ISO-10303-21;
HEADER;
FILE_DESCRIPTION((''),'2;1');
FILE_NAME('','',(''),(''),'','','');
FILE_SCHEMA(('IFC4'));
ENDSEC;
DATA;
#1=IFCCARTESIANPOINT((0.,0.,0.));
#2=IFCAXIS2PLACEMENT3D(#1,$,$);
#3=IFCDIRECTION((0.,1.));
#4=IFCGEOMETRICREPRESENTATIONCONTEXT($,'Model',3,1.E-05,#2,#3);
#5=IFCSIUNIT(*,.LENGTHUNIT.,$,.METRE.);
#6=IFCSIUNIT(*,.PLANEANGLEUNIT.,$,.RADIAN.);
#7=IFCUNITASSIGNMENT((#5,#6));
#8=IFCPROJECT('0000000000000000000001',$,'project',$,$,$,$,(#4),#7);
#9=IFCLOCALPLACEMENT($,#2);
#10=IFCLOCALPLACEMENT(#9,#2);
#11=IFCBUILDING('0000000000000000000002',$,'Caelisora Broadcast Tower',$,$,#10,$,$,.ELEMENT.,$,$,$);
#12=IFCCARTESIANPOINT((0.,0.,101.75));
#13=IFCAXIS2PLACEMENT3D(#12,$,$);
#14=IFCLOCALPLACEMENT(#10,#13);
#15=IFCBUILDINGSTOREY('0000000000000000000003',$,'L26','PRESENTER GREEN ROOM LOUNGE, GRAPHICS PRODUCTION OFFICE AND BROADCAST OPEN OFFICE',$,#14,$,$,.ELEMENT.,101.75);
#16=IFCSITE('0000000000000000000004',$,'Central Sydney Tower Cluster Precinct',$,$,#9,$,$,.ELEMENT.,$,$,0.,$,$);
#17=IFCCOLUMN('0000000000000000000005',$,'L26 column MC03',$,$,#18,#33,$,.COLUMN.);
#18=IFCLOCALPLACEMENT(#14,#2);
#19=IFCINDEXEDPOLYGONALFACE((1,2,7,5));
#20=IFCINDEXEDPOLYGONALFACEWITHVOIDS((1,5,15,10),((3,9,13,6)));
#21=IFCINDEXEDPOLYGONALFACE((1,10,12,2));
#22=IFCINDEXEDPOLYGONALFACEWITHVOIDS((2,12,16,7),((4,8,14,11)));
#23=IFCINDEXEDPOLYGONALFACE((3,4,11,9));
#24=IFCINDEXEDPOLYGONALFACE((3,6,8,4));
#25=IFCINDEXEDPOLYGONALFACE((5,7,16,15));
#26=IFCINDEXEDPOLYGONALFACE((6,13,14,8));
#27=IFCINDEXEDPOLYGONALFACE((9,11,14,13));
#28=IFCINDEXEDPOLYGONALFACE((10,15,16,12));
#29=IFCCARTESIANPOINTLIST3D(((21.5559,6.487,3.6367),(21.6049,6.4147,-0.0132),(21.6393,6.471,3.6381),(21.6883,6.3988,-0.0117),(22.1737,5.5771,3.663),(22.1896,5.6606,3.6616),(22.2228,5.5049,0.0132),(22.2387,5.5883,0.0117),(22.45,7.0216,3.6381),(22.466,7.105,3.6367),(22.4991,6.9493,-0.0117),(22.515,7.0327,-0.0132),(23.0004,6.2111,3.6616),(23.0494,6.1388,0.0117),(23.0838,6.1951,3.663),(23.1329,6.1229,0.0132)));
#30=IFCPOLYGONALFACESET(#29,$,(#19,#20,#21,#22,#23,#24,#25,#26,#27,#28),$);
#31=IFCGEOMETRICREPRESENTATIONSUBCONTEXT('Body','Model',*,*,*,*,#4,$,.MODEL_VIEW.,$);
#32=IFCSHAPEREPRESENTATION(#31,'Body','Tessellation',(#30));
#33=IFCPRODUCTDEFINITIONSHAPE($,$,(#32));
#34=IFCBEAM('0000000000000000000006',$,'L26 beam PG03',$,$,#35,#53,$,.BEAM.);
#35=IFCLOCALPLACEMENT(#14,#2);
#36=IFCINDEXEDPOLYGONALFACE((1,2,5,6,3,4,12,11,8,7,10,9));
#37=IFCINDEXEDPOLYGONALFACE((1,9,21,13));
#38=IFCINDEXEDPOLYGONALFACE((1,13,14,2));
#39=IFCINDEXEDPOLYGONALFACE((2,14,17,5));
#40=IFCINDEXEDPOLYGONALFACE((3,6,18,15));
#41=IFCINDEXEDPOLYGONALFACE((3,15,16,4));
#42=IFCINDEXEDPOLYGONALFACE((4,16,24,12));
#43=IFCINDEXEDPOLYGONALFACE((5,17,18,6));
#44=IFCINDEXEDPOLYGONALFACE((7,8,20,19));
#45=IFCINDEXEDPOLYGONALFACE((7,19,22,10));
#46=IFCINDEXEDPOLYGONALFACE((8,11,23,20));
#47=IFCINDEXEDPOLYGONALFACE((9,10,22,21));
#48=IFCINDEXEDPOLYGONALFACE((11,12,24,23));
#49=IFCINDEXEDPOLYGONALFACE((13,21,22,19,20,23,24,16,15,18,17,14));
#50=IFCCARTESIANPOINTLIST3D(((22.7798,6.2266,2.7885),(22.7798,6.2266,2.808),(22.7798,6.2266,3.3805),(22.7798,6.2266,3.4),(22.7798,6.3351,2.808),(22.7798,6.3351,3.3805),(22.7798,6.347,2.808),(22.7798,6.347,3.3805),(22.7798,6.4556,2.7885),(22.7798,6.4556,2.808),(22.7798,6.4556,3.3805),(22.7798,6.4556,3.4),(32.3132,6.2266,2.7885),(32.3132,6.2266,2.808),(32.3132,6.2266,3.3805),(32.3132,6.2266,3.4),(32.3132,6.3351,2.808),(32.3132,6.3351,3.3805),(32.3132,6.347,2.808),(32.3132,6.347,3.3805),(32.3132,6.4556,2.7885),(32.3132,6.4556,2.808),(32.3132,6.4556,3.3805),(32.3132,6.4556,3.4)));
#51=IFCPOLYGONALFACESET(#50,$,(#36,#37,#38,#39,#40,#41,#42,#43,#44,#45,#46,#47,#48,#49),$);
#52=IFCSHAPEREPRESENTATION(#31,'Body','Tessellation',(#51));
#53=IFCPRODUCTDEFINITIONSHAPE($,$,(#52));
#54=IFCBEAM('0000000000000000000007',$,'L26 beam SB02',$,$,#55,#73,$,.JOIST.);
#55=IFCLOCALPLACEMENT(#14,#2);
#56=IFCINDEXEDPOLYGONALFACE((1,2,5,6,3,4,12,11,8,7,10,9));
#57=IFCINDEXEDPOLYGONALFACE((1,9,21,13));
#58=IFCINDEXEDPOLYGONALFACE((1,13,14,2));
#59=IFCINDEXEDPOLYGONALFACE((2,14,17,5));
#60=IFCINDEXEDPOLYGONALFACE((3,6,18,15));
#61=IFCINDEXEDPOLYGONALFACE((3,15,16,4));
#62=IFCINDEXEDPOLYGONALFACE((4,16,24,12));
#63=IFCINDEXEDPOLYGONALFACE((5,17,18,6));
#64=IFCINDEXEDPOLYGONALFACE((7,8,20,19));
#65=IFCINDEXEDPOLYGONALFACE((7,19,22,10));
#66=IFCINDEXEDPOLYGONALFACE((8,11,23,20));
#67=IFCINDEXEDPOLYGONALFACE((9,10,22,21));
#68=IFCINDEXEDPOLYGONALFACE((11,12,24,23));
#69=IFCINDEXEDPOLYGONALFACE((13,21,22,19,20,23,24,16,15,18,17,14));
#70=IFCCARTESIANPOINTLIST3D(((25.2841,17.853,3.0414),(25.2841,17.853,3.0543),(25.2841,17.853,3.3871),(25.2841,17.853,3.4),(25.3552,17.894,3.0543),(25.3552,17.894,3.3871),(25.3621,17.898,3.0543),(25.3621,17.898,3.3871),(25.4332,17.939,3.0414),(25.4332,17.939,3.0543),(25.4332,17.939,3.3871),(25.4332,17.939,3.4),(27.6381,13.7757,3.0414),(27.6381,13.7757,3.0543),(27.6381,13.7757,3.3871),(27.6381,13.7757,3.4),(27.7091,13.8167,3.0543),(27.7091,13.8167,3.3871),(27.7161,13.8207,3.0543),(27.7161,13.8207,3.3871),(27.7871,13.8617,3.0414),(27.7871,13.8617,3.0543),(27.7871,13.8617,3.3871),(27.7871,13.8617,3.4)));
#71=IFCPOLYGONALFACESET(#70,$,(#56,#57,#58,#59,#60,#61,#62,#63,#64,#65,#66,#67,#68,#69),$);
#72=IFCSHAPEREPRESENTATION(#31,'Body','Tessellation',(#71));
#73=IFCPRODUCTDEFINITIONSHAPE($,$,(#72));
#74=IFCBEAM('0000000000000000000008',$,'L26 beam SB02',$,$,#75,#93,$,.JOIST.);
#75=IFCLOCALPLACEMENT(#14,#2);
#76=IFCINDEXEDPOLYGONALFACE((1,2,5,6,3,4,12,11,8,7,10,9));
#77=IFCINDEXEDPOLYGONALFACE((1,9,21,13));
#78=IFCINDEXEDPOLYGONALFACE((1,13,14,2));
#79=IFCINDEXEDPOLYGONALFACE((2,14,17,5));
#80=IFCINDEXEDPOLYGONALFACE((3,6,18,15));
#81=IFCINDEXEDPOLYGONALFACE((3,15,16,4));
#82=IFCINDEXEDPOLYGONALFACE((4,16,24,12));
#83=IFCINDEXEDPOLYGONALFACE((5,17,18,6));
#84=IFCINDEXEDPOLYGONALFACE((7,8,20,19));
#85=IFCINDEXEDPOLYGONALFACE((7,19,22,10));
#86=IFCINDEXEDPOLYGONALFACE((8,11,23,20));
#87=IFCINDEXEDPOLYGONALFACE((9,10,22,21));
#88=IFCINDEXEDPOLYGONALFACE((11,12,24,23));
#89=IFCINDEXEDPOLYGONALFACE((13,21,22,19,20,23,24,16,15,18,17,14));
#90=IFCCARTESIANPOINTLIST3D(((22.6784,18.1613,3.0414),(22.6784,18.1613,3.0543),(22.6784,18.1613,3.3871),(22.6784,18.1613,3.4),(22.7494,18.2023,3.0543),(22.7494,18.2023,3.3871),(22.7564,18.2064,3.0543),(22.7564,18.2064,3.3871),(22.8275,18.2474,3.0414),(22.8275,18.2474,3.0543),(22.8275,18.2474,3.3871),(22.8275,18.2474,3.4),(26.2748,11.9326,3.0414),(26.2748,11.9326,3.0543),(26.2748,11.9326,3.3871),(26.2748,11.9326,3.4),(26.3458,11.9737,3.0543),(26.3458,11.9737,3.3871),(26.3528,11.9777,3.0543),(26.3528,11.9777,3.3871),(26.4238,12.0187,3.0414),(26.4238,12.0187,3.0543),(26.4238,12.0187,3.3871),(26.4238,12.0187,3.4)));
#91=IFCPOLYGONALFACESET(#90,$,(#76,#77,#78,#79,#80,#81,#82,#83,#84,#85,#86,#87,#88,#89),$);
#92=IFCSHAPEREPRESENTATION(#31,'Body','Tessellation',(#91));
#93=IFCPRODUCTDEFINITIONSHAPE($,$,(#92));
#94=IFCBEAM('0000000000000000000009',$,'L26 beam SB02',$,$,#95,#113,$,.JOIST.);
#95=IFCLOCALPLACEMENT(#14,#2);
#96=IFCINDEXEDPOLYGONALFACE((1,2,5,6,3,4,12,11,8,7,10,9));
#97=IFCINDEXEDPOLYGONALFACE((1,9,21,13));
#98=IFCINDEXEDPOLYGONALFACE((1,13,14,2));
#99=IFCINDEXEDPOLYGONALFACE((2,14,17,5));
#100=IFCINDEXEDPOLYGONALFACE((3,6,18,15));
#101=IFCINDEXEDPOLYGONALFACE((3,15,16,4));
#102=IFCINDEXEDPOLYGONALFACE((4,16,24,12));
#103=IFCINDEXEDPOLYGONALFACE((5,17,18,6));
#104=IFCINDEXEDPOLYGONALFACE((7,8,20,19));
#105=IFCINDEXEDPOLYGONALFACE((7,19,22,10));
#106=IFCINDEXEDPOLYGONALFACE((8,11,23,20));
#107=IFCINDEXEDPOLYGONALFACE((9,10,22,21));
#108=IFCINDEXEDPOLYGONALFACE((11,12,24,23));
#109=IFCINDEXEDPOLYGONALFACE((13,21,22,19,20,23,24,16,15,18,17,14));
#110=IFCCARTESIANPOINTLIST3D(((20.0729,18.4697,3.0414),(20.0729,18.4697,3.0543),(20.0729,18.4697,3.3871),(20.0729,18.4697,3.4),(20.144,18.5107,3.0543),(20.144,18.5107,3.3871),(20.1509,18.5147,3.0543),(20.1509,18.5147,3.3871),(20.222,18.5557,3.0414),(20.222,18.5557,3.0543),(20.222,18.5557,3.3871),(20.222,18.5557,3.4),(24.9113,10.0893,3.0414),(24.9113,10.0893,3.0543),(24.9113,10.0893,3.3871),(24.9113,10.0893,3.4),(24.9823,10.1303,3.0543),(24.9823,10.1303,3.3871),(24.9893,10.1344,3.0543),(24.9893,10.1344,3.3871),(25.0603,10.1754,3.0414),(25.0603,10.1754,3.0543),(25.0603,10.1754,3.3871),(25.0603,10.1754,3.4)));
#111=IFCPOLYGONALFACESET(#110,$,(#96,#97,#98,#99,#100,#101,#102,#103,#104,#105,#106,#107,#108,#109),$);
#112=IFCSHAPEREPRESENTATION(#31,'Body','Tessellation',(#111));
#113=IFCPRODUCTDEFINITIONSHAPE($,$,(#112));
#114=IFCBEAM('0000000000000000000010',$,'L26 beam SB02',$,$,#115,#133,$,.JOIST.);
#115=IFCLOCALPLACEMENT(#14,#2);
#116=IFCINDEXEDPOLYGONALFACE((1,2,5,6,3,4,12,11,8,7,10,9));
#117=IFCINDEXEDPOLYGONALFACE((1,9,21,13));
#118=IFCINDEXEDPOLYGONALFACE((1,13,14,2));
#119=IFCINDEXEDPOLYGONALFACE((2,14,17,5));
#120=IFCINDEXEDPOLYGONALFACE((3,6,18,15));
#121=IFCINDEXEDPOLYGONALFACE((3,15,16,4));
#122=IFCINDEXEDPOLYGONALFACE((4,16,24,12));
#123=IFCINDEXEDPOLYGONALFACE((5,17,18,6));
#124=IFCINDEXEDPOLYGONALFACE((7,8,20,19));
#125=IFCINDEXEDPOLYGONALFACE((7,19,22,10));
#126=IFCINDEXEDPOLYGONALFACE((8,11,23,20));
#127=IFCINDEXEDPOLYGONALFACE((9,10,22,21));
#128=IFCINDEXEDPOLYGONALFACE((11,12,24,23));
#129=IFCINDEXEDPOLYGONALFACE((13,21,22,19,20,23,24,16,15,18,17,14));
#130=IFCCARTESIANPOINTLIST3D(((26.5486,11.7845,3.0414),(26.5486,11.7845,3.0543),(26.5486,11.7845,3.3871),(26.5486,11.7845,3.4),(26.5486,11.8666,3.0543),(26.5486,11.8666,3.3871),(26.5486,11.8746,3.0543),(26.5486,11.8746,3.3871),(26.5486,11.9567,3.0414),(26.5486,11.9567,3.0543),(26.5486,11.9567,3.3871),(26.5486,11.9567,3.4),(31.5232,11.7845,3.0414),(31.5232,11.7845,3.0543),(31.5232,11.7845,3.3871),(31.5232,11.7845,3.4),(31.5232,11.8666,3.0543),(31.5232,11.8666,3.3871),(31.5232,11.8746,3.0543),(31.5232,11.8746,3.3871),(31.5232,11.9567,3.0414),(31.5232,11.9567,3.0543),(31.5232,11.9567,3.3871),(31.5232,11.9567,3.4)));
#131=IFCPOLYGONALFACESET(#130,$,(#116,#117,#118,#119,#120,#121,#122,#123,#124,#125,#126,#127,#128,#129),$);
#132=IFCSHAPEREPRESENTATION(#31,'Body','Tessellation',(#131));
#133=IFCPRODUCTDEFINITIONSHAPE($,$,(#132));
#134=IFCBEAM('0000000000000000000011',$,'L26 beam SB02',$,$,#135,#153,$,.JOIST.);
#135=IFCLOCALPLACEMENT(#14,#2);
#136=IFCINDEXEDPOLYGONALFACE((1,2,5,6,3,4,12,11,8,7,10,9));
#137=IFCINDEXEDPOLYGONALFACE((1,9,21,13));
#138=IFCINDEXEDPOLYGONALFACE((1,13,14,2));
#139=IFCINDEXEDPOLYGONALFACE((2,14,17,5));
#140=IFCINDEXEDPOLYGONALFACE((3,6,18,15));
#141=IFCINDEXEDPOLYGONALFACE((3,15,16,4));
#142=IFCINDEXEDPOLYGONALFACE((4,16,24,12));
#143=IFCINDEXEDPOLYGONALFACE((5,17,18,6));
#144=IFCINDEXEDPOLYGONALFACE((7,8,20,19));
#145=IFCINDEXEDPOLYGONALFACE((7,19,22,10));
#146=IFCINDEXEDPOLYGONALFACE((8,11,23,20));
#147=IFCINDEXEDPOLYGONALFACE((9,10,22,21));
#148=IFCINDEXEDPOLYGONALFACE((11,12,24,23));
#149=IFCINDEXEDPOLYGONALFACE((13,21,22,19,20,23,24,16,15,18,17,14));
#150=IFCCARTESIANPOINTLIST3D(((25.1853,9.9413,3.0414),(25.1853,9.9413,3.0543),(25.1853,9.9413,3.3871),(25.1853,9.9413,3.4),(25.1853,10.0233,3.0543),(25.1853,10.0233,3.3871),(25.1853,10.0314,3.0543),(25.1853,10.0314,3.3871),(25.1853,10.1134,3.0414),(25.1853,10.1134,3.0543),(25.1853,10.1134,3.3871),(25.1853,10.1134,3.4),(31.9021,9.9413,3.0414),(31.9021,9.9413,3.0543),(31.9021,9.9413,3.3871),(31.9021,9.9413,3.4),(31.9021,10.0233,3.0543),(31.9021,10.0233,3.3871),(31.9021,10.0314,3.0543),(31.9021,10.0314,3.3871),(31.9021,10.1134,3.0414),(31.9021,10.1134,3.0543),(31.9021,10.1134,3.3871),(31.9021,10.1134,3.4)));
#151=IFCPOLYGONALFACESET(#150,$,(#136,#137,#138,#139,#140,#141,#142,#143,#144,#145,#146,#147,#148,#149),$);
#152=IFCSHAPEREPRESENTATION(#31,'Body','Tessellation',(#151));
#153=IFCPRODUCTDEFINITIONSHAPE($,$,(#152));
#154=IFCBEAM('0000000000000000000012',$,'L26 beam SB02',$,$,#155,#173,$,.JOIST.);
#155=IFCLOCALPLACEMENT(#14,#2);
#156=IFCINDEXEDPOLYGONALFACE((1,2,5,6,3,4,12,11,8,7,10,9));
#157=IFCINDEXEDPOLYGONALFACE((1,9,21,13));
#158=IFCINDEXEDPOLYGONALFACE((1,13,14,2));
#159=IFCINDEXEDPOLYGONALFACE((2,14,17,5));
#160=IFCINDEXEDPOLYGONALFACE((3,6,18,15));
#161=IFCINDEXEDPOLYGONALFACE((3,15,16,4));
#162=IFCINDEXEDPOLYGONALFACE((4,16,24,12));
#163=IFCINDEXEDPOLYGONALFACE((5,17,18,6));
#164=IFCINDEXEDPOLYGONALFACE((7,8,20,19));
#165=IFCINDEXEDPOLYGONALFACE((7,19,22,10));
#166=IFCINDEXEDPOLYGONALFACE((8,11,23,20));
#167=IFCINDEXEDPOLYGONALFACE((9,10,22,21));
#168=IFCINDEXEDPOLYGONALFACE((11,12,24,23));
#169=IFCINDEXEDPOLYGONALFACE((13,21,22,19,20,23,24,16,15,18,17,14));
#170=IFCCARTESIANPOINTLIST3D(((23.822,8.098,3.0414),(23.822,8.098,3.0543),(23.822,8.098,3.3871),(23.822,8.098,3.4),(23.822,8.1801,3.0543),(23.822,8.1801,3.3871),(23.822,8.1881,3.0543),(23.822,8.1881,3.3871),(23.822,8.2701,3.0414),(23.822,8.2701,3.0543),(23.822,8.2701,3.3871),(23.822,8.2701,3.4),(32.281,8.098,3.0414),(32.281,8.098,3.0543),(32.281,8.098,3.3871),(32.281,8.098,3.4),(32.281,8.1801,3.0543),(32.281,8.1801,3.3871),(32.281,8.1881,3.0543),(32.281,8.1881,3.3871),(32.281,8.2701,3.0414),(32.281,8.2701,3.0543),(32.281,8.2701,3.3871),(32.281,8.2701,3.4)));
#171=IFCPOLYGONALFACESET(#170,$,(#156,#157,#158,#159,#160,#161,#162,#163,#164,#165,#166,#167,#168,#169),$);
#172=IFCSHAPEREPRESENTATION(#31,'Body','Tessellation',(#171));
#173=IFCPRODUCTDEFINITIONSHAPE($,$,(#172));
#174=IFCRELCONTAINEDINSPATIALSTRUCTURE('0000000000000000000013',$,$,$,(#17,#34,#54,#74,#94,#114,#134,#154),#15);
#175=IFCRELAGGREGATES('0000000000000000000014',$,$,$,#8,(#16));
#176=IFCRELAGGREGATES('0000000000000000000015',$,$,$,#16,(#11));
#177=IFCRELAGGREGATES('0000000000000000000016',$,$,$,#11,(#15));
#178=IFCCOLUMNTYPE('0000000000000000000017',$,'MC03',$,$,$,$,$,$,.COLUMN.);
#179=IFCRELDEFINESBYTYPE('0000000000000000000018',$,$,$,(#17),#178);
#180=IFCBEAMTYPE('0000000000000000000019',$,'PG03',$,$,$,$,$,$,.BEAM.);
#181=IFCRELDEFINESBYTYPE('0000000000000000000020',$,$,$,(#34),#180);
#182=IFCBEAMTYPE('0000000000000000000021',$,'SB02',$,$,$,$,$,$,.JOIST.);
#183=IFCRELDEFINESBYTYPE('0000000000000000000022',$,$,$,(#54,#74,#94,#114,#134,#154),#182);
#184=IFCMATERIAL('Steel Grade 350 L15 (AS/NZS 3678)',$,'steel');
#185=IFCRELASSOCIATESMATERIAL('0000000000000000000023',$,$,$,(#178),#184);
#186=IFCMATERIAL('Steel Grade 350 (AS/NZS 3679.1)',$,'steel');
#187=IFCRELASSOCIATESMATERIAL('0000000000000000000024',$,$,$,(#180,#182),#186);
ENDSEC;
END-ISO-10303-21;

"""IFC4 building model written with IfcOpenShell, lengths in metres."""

from ifc_helpers import new_model, si_unit, direction, frame, origin, origin_2d, place, context, subcontext, project, spatial, hollow_rectangle, i_section, extrude, source, transform, mapped, material, material_profile, profile_set, type_object, type_shapes, element, save


model = new_model("IFC4")

# Units and contexts
model_context = context("Model", 3, precision=1e-05, world=origin(), true_north=direction((0.0, 1.0)))
body_context = subcontext(model_context, "Body", "Model", "MODEL_VIEW")
ifc_project = project(units=[si_unit("LENGTHUNIT", "METRE"), si_unit("PLANEANGLEUNIT", "RADIAN")], contexts=[model_context])

# Site, building, storey
site_placement = place(None, origin())
site = spatial("IfcSite", under=ifc_project, at=site_placement, Name="Central Sydney Tower Cluster Precinct", CompositionType="ELEMENT", RefElevation=0.0)
building_placement = place(site_placement, origin())
building = spatial("IfcBuilding", under=site, at=building_placement, Name="Caelisora Broadcast Tower", CompositionType="ELEMENT")
storey_placement = place(building_placement, frame((0.0, 0.0, 101.75)))
storey = spatial("IfcBuildingStorey", under=building, at=storey_placement, Name="L26", Description="PRESENTER GREEN ROOM LOUNGE, GRAPHICS PRODUCTION OFFICE AND BROADCAST OPEN OFFICE", CompositionType="ELEMENT", Elevation=101.75)

# Column
ifc_material_1 = material(Name="Steel Grade 350 L15 (AS/NZS 3678)", Category="steel")
ifc_material_profile_1 = material_profile(ifc_material_1, hollow_rectangle(XDim=1.1001, YDim=1.1001, WallThickness=0.0601, at=origin_2d()), Name="Steel Grade 350 L15 (AS/NZS 3678)")
ifc_profile_set_1 = profile_set([ifc_material_profile_1], Name="Steel Grade 350 L15 (AS/NZS 3678)")
column_type = type_object("IfcColumnType", Name="MC03", PredefinedType="COLUMN", material=ifc_profile_set_1)
shared_shape_1 = source(origin(), body_context, "Body", "SweptSolid", [
    extrude(hollow_rectangle(XDim=1.1001, YDim=1.1001, WallThickness=0.0601, at=origin_2d()), origin(), (0.0, 0.0, 1.0), 3.6509),
])
type_shapes(column_type, [shared_shape_1])
column_placement = place(storey_placement, frame((22.3689, 6.2688, 0.0), z_axis=(-0.013441, 0.019794, 0.999714), x_axis=(-0.82729, -0.561775, 0.0)))
element("IfcColumn", 1, at=column_placement, inside=storey, type_object=column_type, Name="L26 column MC03", PredefinedType="COLUMN", context=body_context, shape_type="MappedRepresentation", body=[
    mapped(shared_shape_1, transform((0.0, 0.0, 0.0), scale=1.0)),
])

# Beams
ifc_material_2 = material(Name="Steel Grade 350 (AS/NZS 3679.1)", Category="steel")
ifc_material_profile_2 = material_profile(ifc_material_2, i_section(OverallWidth=0.229, OverallDepth=0.6116, WebThickness=0.012, FlangeThickness=0.0195, at=origin_2d()), Name="Steel Grade 350 (AS/NZS 3679.1)")
ifc_profile_set_2 = profile_set([ifc_material_profile_2], Name="Steel Grade 350 (AS/NZS 3679.1)")
beam_type_1 = type_object("IfcBeamType", Name="PG03", PredefinedType="BEAM", material=ifc_profile_set_2)
shared_shape_2 = source(origin(), body_context, "Body", "SweptSolid", [
    extrude(i_section(OverallWidth=0.229, OverallDepth=0.6116, WebThickness=0.012, FlangeThickness=0.0195, at=origin_2d()), origin(), (0.0, 0.0, 1.0), 9.5334),
])
type_shapes(beam_type_1, [shared_shape_2])
beam_1_placement = place(storey_placement, frame((22.7798, 6.3411, 3.0942), z_axis=(1.0, 0.0, 0.0), x_axis=(0.0, 1.0, 0.0)))
element("IfcBeam", 2, at=beam_1_placement, inside=storey, type_object=beam_type_1, Name="L26 beam PG03", PredefinedType="BEAM", context=body_context, shape_type="MappedRepresentation", body=[
    mapped(shared_shape_2, transform((0.0, 0.0, 0.0), scale=1.0)),
])
ifc_material_profile_3 = material_profile(ifc_material_2, i_section(OverallWidth=0.1721, OverallDepth=0.3586, WebThickness=0.0081, FlangeThickness=0.0129, at=origin_2d()), Name="Steel Grade 350 (AS/NZS 3679.1)")
ifc_profile_set_3 = profile_set([ifc_material_profile_3], Name="Steel Grade 350 (AS/NZS 3679.1)")
beam_type_2 = type_object("IfcBeamType", Name="SB02", PredefinedType="JOIST", material=ifc_profile_set_3)
shared_shape_3 = source(origin(), body_context, "Body", "SweptSolid", [
    extrude(i_section(OverallWidth=0.1721, OverallDepth=0.3586, WebThickness=0.0081, FlangeThickness=0.0129, at=origin_2d()), origin(), (0.0, 0.0, 1.0), 4.708),
])
beam_2_placement = place(storey_placement, frame((25.3586, 17.896, 3.2207), z_axis=(0.499987, -0.866033, 0.0), x_axis=(0.866033, 0.499987, 0.0)))
element("IfcBeam", 3, at=beam_2_placement, inside=storey, type_object=beam_type_2, Name="L26 beam SB02", PredefinedType="JOIST", context=body_context, shape_type="MappedRepresentation", body=[
    mapped(shared_shape_3, transform((0.0, 0.0, 0.0), scale=1.0)),
])
shared_shape_4 = source(origin(), body_context, "Body", "SweptSolid", [
    extrude(i_section(OverallWidth=0.1721, OverallDepth=0.3586, WebThickness=0.0081, FlangeThickness=0.0129, at=origin_2d()), origin(), (0.0, 0.0, 1.0), 7.1924),
])
beam_3_placement = place(storey_placement, frame((22.7529, 18.2043, 3.2207), z_axis=(0.500027, -0.86601, 0.0), x_axis=(0.86601, 0.500027, 0.0)))
element("IfcBeam", 4, at=beam_3_placement, inside=storey, type_object=beam_type_2, Name="L26 beam SB02", PredefinedType="JOIST", context=body_context, shape_type="MappedRepresentation", body=[
    mapped(shared_shape_4, transform((0.0, 0.0, 0.0), scale=1.0)),
])
shared_shape_5 = source(origin(), body_context, "Body", "SweptSolid", [
    extrude(i_section(OverallWidth=0.1721, OverallDepth=0.3586, WebThickness=0.0081, FlangeThickness=0.0129, at=origin_2d()), origin(), (0.0, 0.0, 1.0), 9.6768),
])
beam_4_placement = place(storey_placement, frame((20.1475, 18.5127, 3.2207), z_axis=(0.499998, -0.866027, 0.0), x_axis=(0.866027, 0.499998, 0.0)))
element("IfcBeam", 5, at=beam_4_placement, inside=storey, type_object=beam_type_2, Name="L26 beam SB02", PredefinedType="JOIST", context=body_context, shape_type="MappedRepresentation", body=[
    mapped(shared_shape_5, transform((0.0, 0.0, 0.0), scale=1.0)),
])
shared_shape_6 = source(origin(), body_context, "Body", "SweptSolid", [
    extrude(i_section(OverallWidth=0.1721, OverallDepth=0.3586, WebThickness=0.0081, FlangeThickness=0.0129, at=origin_2d()), origin(), (0.0, 0.0, 1.0), 4.9746),
])
beam_5_placement = place(storey_placement, frame((26.5486, 11.8706, 3.2207), z_axis=(1.0, 0.0, 0.0), x_axis=(0.0, 1.0, 0.0)))
element("IfcBeam", 6, at=beam_5_placement, inside=storey, type_object=beam_type_2, Name="L26 beam SB02", PredefinedType="JOIST", context=body_context, shape_type="MappedRepresentation", body=[
    mapped(shared_shape_6, transform((0.0, 0.0, 0.0), scale=1.0)),
])
shared_shape_7 = source(origin(), body_context, "Body", "SweptSolid", [
    extrude(i_section(OverallWidth=0.1721, OverallDepth=0.3586, WebThickness=0.0081, FlangeThickness=0.0129, at=origin_2d()), origin(), (0.0, 0.0, 1.0), 6.7168),
])
beam_6_placement = place(storey_placement, frame((25.1853, 10.0273, 3.2207), z_axis=(1.0, 0.0, 0.0), x_axis=(0.0, 1.0, 0.0)))
element("IfcBeam", 7, at=beam_6_placement, inside=storey, type_object=beam_type_2, Name="L26 beam SB02", PredefinedType="JOIST", context=body_context, shape_type="MappedRepresentation", body=[
    mapped(shared_shape_7, transform((0.0, 0.0, 0.0), scale=1.0)),
])
shared_shape_8 = source(origin(), body_context, "Body", "SweptSolid", [
    extrude(i_section(OverallWidth=0.1721, OverallDepth=0.3586, WebThickness=0.0081, FlangeThickness=0.0129, at=origin_2d()), origin(), (0.0, 0.0, 1.0), 8.459),
])
type_shapes(beam_type_2, [shared_shape_3, shared_shape_4, shared_shape_5, shared_shape_6, shared_shape_7, shared_shape_8])
beam_7_placement = place(storey_placement, frame((23.822, 8.1841, 3.2207), z_axis=(1.0, 0.0, 0.0), x_axis=(0.0, 1.0, 0.0)))
element("IfcBeam", 8, at=beam_7_placement, inside=storey, type_object=beam_type_2, Name="L26 beam SB02", PredefinedType="JOIST", context=body_context, shape_type="MappedRepresentation", body=[
    mapped(shared_shape_8, transform((0.0, 0.0, 0.0), scale=1.0)),
])

save(model, "model.ifc")
